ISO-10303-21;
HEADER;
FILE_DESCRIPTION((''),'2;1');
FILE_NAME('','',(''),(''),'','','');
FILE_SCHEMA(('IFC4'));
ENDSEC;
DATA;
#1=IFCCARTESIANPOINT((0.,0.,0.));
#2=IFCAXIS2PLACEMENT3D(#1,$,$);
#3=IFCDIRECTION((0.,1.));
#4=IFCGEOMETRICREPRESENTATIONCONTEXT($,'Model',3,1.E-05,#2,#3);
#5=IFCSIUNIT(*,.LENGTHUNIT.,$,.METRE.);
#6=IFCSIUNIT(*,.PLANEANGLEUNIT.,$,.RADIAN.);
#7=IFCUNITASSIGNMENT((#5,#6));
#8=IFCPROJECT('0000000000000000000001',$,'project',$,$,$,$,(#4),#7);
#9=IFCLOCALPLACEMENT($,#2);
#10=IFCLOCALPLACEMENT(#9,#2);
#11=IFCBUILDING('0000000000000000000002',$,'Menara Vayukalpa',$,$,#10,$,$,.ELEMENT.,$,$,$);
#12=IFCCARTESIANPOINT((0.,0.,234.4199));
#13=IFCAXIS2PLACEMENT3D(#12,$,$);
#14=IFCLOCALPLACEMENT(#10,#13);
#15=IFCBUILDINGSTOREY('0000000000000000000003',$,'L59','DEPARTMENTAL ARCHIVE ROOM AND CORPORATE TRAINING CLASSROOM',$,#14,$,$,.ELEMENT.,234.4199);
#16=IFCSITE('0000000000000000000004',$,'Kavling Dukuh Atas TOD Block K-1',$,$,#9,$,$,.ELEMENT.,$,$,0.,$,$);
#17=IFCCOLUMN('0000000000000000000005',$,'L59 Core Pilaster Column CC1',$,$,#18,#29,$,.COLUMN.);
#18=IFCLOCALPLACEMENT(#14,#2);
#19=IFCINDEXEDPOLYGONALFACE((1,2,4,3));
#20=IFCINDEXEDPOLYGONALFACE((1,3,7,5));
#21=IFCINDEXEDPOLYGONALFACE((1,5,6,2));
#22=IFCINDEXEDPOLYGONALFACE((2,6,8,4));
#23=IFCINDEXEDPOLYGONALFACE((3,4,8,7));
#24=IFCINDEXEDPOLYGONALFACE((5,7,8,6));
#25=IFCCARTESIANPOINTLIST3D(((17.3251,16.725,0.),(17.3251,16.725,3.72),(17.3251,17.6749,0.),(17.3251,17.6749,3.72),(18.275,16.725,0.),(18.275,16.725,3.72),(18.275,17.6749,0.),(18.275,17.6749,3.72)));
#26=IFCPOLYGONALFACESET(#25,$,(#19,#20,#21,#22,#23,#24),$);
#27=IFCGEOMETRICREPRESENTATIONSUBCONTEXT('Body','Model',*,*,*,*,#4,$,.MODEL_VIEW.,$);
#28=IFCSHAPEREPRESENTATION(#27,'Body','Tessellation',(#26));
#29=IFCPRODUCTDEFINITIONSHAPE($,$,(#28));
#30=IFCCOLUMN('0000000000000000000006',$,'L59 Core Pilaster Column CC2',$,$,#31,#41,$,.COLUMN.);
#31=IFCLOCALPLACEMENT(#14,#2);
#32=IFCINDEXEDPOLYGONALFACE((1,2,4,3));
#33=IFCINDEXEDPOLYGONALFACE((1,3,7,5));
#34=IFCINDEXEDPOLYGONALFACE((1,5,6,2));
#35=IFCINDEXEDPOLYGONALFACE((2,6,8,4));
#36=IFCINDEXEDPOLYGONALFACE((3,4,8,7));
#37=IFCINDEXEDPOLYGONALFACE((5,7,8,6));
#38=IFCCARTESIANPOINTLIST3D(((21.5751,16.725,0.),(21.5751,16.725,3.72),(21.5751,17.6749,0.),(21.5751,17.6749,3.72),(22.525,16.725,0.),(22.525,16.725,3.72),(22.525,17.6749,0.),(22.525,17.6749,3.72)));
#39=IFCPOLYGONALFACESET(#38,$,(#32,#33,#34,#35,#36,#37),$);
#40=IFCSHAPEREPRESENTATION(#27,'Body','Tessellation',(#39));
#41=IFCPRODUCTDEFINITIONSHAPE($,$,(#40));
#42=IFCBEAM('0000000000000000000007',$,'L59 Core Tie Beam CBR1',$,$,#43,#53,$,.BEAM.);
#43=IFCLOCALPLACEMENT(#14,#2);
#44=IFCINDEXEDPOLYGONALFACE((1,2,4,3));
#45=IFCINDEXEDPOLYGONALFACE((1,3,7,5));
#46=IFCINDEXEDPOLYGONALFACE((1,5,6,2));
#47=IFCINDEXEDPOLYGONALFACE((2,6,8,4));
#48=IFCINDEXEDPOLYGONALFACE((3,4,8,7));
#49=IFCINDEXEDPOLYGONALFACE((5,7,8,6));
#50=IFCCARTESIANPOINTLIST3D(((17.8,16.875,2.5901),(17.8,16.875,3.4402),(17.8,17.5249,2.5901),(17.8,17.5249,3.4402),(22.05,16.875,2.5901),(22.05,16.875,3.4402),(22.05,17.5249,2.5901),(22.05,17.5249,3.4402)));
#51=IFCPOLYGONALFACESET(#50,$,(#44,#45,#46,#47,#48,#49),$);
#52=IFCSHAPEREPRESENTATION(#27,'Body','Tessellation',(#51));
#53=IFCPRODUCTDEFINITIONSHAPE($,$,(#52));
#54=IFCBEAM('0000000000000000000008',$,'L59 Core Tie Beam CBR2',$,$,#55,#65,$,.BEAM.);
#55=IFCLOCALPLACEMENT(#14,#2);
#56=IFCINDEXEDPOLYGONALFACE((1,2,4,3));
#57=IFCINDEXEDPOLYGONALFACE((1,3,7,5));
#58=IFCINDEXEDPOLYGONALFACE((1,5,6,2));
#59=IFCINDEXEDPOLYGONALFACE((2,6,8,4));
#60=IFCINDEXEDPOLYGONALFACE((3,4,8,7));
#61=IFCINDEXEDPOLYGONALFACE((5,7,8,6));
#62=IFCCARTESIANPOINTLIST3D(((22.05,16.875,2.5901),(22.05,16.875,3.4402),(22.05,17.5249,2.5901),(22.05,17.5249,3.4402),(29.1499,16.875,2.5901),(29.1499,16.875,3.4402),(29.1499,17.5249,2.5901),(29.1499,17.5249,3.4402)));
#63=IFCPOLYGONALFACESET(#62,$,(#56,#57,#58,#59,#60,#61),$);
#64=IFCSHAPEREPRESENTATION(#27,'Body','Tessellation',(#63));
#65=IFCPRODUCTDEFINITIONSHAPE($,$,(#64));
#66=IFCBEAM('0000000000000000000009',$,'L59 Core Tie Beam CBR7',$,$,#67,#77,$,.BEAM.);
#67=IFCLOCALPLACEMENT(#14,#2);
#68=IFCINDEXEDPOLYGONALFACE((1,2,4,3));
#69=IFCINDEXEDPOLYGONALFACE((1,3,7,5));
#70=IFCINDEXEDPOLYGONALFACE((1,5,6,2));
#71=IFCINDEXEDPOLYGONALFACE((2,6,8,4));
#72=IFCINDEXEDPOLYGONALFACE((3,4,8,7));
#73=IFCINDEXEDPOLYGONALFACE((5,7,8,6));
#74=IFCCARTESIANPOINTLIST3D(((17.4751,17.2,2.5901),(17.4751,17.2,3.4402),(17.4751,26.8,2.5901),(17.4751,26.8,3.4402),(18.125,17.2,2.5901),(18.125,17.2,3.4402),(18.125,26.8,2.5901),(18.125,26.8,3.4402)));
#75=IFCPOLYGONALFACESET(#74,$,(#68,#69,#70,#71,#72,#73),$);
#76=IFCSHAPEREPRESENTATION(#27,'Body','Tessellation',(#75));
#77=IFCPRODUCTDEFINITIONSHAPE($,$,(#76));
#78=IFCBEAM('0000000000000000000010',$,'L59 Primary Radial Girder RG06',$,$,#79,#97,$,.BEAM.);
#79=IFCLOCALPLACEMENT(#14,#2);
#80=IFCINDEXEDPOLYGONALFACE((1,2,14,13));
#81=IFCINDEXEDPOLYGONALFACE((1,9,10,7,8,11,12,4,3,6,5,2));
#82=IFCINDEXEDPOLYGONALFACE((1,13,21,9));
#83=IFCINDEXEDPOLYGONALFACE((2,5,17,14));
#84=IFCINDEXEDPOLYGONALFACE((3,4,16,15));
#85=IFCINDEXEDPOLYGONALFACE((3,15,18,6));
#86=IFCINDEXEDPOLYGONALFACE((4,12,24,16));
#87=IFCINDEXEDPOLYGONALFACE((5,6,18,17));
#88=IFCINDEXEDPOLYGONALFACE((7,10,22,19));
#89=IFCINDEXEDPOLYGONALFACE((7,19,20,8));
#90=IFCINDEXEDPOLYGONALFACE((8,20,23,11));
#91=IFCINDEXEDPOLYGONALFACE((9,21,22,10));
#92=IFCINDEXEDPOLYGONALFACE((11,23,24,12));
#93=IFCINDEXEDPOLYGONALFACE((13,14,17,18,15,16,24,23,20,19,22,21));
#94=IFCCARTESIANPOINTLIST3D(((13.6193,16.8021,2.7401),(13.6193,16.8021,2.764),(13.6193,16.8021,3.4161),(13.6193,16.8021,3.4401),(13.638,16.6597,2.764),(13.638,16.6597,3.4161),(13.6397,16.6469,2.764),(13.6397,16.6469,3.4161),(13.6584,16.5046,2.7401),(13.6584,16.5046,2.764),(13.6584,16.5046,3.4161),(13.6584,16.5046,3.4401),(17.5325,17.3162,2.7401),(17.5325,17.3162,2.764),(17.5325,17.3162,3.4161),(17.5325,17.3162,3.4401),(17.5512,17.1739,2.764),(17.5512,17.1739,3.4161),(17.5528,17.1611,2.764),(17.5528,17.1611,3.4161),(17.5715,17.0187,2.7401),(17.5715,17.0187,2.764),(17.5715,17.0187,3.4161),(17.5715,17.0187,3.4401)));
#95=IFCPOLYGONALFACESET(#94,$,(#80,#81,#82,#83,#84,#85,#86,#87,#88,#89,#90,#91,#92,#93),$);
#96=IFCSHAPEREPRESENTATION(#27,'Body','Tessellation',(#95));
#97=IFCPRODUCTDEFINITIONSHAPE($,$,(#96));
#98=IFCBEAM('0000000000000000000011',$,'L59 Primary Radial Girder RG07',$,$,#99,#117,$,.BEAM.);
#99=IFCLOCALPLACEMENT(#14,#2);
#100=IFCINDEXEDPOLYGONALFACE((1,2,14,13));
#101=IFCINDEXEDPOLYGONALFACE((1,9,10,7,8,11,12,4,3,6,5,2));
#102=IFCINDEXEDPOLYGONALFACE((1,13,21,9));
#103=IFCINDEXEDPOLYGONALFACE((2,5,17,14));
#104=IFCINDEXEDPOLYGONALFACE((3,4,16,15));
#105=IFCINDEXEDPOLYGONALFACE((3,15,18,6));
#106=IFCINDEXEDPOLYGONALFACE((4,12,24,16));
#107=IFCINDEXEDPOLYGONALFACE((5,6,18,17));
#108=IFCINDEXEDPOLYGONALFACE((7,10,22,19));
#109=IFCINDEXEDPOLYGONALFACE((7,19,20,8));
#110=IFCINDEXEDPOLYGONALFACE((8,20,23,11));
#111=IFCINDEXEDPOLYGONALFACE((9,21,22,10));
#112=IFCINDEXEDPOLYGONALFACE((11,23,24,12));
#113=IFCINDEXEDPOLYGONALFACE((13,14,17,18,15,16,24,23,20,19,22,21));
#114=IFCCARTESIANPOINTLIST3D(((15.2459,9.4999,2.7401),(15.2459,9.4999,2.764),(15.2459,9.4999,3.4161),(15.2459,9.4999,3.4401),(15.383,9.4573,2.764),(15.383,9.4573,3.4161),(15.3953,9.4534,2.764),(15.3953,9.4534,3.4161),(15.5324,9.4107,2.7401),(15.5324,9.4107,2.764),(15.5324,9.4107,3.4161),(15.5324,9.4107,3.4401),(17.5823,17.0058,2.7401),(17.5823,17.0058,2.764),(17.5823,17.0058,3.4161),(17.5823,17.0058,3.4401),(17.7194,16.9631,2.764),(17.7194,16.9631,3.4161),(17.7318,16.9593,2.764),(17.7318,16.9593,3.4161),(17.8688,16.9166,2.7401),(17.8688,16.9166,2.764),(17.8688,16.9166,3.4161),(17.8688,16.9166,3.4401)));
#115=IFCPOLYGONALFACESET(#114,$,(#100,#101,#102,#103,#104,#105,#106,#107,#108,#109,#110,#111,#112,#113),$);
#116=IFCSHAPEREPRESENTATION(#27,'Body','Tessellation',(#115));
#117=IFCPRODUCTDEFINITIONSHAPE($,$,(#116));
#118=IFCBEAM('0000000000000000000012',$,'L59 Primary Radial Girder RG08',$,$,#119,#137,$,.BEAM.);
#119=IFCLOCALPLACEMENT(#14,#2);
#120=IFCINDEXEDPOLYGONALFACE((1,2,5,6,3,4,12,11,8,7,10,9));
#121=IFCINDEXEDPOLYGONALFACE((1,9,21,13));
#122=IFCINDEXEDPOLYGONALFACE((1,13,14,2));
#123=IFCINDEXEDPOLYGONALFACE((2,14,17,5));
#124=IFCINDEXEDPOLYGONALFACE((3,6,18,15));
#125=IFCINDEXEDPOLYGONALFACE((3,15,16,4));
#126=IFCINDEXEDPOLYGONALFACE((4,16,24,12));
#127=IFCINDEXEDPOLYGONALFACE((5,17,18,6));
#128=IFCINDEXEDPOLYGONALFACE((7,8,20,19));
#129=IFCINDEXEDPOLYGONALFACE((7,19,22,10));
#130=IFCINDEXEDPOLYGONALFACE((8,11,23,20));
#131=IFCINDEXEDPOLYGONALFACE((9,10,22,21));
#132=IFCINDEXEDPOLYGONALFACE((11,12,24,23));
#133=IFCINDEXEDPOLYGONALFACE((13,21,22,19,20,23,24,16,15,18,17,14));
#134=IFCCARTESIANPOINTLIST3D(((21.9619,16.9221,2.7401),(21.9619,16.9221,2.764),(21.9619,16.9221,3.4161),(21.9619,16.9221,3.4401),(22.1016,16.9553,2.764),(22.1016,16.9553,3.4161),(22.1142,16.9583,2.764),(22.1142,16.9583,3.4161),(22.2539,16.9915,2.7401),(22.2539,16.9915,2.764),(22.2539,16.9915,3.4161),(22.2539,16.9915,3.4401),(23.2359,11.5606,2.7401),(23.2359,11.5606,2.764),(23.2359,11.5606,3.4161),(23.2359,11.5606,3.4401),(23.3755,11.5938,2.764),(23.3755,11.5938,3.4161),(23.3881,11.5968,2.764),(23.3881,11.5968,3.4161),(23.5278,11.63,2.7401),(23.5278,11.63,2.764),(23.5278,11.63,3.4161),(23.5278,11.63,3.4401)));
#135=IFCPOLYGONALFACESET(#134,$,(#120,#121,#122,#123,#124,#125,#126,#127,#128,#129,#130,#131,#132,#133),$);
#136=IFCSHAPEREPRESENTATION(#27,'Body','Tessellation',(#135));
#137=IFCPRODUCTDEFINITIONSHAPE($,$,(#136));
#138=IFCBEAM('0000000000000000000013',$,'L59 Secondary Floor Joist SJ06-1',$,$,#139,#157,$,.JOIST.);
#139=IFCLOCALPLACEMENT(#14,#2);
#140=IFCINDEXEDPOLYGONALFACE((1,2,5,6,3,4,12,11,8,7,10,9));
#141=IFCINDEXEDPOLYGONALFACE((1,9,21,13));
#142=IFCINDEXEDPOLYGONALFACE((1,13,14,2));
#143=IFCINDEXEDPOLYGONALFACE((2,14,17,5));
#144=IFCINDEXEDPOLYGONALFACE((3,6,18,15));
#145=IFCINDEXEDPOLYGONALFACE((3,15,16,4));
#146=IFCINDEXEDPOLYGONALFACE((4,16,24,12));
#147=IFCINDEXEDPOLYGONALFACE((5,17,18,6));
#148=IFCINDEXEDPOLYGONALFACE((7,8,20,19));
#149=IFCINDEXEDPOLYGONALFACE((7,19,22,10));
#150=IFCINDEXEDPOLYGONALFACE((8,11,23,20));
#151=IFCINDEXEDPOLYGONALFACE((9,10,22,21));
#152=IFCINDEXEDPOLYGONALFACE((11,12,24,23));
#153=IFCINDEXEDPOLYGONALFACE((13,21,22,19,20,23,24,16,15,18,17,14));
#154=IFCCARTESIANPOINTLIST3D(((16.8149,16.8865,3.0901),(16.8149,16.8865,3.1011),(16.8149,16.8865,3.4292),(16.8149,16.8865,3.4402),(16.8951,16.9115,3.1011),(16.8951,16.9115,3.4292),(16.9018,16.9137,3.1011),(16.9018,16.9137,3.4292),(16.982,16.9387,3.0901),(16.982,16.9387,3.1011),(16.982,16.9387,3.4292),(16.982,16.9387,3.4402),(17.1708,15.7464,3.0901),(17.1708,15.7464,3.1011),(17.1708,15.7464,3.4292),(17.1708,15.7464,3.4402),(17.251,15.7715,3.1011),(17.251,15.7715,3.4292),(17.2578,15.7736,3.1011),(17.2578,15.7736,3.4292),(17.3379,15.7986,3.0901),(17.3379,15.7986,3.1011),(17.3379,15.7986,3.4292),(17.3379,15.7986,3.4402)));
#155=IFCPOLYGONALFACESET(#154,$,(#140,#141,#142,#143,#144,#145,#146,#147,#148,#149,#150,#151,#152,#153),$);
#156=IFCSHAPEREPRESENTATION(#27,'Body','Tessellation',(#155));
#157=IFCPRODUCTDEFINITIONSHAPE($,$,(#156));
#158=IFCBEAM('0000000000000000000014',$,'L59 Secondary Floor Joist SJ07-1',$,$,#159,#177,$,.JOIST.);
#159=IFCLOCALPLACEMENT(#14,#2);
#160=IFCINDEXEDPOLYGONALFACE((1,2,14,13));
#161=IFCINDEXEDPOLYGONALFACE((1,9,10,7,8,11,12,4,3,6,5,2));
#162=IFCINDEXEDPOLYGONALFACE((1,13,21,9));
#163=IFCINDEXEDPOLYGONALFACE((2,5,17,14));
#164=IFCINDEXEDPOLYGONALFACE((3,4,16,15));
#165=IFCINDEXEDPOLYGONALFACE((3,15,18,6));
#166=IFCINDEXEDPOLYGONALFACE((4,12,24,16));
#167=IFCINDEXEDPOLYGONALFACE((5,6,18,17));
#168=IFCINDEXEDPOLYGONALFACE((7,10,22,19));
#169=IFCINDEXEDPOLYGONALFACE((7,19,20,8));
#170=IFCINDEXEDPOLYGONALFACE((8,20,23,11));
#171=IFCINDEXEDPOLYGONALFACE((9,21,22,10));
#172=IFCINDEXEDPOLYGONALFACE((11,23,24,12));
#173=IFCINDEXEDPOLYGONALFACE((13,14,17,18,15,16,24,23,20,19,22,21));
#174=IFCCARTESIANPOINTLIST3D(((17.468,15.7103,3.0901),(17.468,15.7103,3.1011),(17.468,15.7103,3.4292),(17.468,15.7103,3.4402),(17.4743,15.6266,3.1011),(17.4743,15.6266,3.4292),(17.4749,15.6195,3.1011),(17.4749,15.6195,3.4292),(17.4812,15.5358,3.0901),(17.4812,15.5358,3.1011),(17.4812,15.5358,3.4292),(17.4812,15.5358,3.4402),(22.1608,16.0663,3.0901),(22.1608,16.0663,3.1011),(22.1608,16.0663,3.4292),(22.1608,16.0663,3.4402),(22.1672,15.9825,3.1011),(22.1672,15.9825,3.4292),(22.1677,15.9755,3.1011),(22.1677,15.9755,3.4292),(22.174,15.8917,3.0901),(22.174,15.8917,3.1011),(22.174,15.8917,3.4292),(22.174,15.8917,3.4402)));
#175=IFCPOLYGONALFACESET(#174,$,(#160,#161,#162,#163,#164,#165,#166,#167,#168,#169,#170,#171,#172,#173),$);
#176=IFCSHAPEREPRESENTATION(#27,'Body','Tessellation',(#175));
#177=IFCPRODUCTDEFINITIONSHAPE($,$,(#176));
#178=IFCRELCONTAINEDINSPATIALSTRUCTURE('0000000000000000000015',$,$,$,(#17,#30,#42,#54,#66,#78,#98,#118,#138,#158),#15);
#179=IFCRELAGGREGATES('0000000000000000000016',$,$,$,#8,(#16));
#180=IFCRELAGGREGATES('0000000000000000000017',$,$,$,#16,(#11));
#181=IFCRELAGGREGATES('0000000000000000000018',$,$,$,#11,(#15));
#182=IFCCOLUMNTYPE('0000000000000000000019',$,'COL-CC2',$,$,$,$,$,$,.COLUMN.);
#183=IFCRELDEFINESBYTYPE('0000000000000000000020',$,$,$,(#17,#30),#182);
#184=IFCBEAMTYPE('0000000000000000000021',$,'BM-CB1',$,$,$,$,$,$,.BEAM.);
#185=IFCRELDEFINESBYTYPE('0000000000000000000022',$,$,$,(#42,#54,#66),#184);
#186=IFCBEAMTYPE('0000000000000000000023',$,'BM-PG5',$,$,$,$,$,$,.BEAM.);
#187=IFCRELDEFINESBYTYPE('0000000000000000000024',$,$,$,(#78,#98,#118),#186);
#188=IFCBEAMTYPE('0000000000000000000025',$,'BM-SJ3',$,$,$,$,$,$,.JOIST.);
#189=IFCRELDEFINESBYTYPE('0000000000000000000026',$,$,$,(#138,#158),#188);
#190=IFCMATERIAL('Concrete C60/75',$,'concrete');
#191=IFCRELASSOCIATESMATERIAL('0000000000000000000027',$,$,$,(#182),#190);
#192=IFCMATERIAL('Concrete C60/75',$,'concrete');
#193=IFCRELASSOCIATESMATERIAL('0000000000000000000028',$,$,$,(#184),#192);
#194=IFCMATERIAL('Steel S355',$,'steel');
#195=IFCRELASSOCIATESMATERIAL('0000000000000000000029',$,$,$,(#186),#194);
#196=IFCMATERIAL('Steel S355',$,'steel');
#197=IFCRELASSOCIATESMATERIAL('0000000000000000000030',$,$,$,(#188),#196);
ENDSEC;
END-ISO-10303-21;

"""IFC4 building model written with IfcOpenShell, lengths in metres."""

from ifc_helpers import new_model, si_unit, direction, frame, origin, origin_2d, place, context, subcontext, project, spatial, rectangle, i_section, extrude, material, material_profile, profile_set, type_object, element, save


model = new_model("IFC4")

# Units and contexts
model_context = context("Model", 3, precision=1e-05, world=origin(), true_north=direction((0.0, 1.0)))
body_context = subcontext(model_context, "Body", "Model", "MODEL_VIEW")
ifc_project = project(units=[si_unit("LENGTHUNIT", "METRE"), si_unit("PLANEANGLEUNIT", "RADIAN")], contexts=[model_context])

# Site, building, storey
site_placement = place(None, origin())
site = spatial("IfcSite", under=ifc_project, at=site_placement, Name="Kavling Dukuh Atas TOD Block K-1", CompositionType="ELEMENT", RefElevation=0.0)
building_placement = place(site_placement, origin())
building = spatial("IfcBuilding", under=site, at=building_placement, Name="Menara Vayukalpa", CompositionType="ELEMENT")
storey_placement = place(building_placement, frame((0.0, 0.0, 234.4199)))
storey = spatial("IfcBuildingStorey", under=building, at=storey_placement, Name="L59", Description="DEPARTMENTAL ARCHIVE ROOM AND CORPORATE TRAINING CLASSROOM", CompositionType="ELEMENT", Elevation=234.4199)

# Columns
ifc_material_1 = material(Name="Concrete C60/75", Category="concrete")
ifc_material_profile_1 = material_profile(ifc_material_1, rectangle(XDim=0.95, YDim=0.95, at=origin_2d()), Name="RC 950x950")
ifc_profile_set_1 = profile_set([ifc_material_profile_1], Name="Concrete C60/75")
column_type = type_object("IfcColumnType", Name="COL-CC2", PredefinedType="COLUMN", material=ifc_profile_set_1)
for number, where, z_axis, x_axis, name in (
    (1, (17.8, 17.2, 0.0), (0.0, 0.0, 1.0), (1.0, 0.0, 0.0), "L59 Core Pilaster Column CC1"),
    (2, (22.05, 17.2, 0.0), (0.0, 0.0, 1.0), (1.0, 0.0, 0.0), "L59 Core Pilaster Column CC2"),
):
    element("IfcColumn", number, at=place(storey_placement, frame(where, z_axis=z_axis, x_axis=x_axis)), inside=storey, type_object=column_type, Name=name, PredefinedType="COLUMN", context=body_context, shape_type="SweptSolid", body=[
        extrude(rectangle(XDim=0.95, YDim=0.95, at=origin_2d()), origin(), (0.0, 0.0, 1.0), 3.72),
    ])

# Beams
ifc_material_2 = material(Name="Concrete C60/75", Category="concrete")
ifc_material_profile_2 = material_profile(ifc_material_2, rectangle(XDim=0.6499, YDim=0.8501, at=origin_2d()), Name="RC 650x850")
ifc_profile_set_2 = profile_set([ifc_material_profile_2], Name="Concrete C60/75")
beam_type_1 = type_object("IfcBeamType", Name="BM-CB1", PredefinedType="BEAM", material=ifc_profile_set_2)
beam_1_placement = place(storey_placement, frame((17.8, 17.2, 3.0151), z_axis=(1.0, 0.0, 0.0), x_axis=(0.0, 1.0, 0.0)))
element("IfcBeam", 3, at=beam_1_placement, inside=storey, type_object=beam_type_1, Name="L59 Core Tie Beam CBR1", PredefinedType="BEAM", context=body_context, shape_type="SweptSolid", body=[
    extrude(rectangle(XDim=0.6499, YDim=0.8501, at=origin_2d()), origin(), (0.0, 0.0, 1.0), 4.25),
])
beam_2_placement = place(storey_placement, frame((22.05, 17.2, 3.0151), z_axis=(1.0, 0.0, 0.0), x_axis=(0.0, 1.0, 0.0)))
element("IfcBeam", 4, at=beam_2_placement, inside=storey, type_object=beam_type_1, Name="L59 Core Tie Beam CBR2", PredefinedType="BEAM", context=body_context, shape_type="SweptSolid", body=[
    extrude(rectangle(XDim=0.6499, YDim=0.8501, at=origin_2d()), origin(), (0.0, 0.0, 1.0), 7.0999),
])
beam_3_placement = place(storey_placement, frame((17.8, 17.2, 3.0151), z_axis=(0.0, 1.0, 0.0), x_axis=(-1.0, 0.0, 0.0)))
element("IfcBeam", 5, at=beam_3_placement, inside=storey, type_object=beam_type_1, Name="L59 Core Tie Beam CBR7", PredefinedType="BEAM", context=body_context, shape_type="SweptSolid", body=[
    extrude(rectangle(XDim=0.6499, YDim=0.8501, at=origin_2d()), origin(), (0.0, 0.0, 1.0), 9.6001),
])
ifc_material_3 = material(Name="Steel S355", Category="steel")
ifc_material_profile_3 = material_profile(ifc_material_3, i_section(OverallWidth=0.3, OverallDepth=0.7, WebThickness=0.0129, FlangeThickness=0.0239, at=origin_2d()), Name="WF 700x300x13x24")
ifc_profile_set_3 = profile_set([ifc_material_profile_3], Name="Steel S355")
beam_type_2 = type_object("IfcBeamType", Name="BM-PG5", PredefinedType="BEAM", material=ifc_profile_set_3)
beam_4_placement = place(storey_placement, frame((17.552, 17.1675, 3.0901), z_axis=(-0.991478, -0.130275, 0.0), x_axis=(0.130275, -0.991478, 0.0)))
element("IfcBeam", 6, at=beam_4_placement, inside=storey, type_object=beam_type_2, Name="L59 Primary Radial Girder RG06", PredefinedType="BEAM", context=body_context, shape_type="SweptSolid", body=[
    extrude(i_section(OverallWidth=0.3, OverallDepth=0.7, WebThickness=0.0129, FlangeThickness=0.0239, at=origin_2d()), origin(), (0.0, 0.0, 1.0), 3.9468),
])
beam_5_placement = place(storey_placement, frame((17.7256, 16.9612, 3.0901), z_axis=(-0.297214, -0.954811, 0.0), x_axis=(0.954811, -0.297214, 0.0)))
element("IfcBeam", 7, at=beam_5_placement, inside=storey, type_object=beam_type_2, Name="L59 Primary Radial Girder RG07", PredefinedType="BEAM", context=body_context, shape_type="SweptSolid", body=[
    extrude(i_section(OverallWidth=0.3, OverallDepth=0.7, WebThickness=0.0129, FlangeThickness=0.0239, at=origin_2d()), origin(), (0.0, 0.0, 1.0), 7.8611),
])
beam_6_placement = place(storey_placement, frame((22.1079, 16.9568, 3.0901), z_axis=(0.231167, -0.972914, 0.0), x_axis=(0.972914, 0.231167, 0.0)))
element("IfcBeam", 8, at=beam_6_placement, inside=storey, type_object=beam_type_2, Name="L59 Primary Radial Girder RG08", PredefinedType="BEAM", context=body_context, shape_type="SweptSolid", body=[
    extrude(i_section(OverallWidth=0.3, OverallDepth=0.7, WebThickness=0.0129, FlangeThickness=0.0239, at=origin_2d()), origin(), (0.0, 0.0, 1.0), 5.5107),
])
ifc_material_4 = material(Name="Steel S355", Category="steel")
ifc_material_profile_4 = material_profile(ifc_material_4, i_section(OverallWidth=0.175, OverallDepth=0.3501, WebThickness=0.0071, FlangeThickness=0.011, at=origin_2d()), Name="WF 350x175x7x11")
ifc_profile_set_4 = profile_set([ifc_material_profile_4], Name="Steel S355")
beam_type_3 = type_object("IfcBeamType", Name="BM-SJ3", PredefinedType="JOIST", material=ifc_profile_set_4)
beam_7_placement = place(storey_placement, frame((16.8984, 16.9126, 3.2651), z_axis=(0.298019, -0.95456, 0.0), x_axis=(0.95456, 0.298019, 0.0)))
element("IfcBeam", 9, at=beam_7_placement, inside=storey, type_object=beam_type_3, Name="L59 Secondary Floor Joist SJ06-1", PredefinedType="JOIST", context=body_context, shape_type="SweptSolid", body=[
    extrude(i_section(OverallWidth=0.175, OverallDepth=0.3501, WebThickness=0.0071, FlangeThickness=0.011, at=origin_2d()), origin(), (0.0, 0.0, 1.0), 1.1943),
])
beam_8_placement = place(storey_placement, frame((17.4746, 15.623, 3.2651), z_axis=(0.997136, 0.075633, 0.0), x_axis=(-0.075633, 0.997136, 0.0)))
element("IfcBeam", 10, at=beam_8_placement, inside=storey, type_object=beam_type_3, Name="L59 Secondary Floor Joist SJ07-1", PredefinedType="JOIST", context=body_context, shape_type="SweptSolid", body=[
    extrude(i_section(OverallWidth=0.175, OverallDepth=0.3501, WebThickness=0.0071, FlangeThickness=0.011, at=origin_2d()), origin(), (0.0, 0.0, 1.0), 4.7063),
])

save(model, "model.ifc")
